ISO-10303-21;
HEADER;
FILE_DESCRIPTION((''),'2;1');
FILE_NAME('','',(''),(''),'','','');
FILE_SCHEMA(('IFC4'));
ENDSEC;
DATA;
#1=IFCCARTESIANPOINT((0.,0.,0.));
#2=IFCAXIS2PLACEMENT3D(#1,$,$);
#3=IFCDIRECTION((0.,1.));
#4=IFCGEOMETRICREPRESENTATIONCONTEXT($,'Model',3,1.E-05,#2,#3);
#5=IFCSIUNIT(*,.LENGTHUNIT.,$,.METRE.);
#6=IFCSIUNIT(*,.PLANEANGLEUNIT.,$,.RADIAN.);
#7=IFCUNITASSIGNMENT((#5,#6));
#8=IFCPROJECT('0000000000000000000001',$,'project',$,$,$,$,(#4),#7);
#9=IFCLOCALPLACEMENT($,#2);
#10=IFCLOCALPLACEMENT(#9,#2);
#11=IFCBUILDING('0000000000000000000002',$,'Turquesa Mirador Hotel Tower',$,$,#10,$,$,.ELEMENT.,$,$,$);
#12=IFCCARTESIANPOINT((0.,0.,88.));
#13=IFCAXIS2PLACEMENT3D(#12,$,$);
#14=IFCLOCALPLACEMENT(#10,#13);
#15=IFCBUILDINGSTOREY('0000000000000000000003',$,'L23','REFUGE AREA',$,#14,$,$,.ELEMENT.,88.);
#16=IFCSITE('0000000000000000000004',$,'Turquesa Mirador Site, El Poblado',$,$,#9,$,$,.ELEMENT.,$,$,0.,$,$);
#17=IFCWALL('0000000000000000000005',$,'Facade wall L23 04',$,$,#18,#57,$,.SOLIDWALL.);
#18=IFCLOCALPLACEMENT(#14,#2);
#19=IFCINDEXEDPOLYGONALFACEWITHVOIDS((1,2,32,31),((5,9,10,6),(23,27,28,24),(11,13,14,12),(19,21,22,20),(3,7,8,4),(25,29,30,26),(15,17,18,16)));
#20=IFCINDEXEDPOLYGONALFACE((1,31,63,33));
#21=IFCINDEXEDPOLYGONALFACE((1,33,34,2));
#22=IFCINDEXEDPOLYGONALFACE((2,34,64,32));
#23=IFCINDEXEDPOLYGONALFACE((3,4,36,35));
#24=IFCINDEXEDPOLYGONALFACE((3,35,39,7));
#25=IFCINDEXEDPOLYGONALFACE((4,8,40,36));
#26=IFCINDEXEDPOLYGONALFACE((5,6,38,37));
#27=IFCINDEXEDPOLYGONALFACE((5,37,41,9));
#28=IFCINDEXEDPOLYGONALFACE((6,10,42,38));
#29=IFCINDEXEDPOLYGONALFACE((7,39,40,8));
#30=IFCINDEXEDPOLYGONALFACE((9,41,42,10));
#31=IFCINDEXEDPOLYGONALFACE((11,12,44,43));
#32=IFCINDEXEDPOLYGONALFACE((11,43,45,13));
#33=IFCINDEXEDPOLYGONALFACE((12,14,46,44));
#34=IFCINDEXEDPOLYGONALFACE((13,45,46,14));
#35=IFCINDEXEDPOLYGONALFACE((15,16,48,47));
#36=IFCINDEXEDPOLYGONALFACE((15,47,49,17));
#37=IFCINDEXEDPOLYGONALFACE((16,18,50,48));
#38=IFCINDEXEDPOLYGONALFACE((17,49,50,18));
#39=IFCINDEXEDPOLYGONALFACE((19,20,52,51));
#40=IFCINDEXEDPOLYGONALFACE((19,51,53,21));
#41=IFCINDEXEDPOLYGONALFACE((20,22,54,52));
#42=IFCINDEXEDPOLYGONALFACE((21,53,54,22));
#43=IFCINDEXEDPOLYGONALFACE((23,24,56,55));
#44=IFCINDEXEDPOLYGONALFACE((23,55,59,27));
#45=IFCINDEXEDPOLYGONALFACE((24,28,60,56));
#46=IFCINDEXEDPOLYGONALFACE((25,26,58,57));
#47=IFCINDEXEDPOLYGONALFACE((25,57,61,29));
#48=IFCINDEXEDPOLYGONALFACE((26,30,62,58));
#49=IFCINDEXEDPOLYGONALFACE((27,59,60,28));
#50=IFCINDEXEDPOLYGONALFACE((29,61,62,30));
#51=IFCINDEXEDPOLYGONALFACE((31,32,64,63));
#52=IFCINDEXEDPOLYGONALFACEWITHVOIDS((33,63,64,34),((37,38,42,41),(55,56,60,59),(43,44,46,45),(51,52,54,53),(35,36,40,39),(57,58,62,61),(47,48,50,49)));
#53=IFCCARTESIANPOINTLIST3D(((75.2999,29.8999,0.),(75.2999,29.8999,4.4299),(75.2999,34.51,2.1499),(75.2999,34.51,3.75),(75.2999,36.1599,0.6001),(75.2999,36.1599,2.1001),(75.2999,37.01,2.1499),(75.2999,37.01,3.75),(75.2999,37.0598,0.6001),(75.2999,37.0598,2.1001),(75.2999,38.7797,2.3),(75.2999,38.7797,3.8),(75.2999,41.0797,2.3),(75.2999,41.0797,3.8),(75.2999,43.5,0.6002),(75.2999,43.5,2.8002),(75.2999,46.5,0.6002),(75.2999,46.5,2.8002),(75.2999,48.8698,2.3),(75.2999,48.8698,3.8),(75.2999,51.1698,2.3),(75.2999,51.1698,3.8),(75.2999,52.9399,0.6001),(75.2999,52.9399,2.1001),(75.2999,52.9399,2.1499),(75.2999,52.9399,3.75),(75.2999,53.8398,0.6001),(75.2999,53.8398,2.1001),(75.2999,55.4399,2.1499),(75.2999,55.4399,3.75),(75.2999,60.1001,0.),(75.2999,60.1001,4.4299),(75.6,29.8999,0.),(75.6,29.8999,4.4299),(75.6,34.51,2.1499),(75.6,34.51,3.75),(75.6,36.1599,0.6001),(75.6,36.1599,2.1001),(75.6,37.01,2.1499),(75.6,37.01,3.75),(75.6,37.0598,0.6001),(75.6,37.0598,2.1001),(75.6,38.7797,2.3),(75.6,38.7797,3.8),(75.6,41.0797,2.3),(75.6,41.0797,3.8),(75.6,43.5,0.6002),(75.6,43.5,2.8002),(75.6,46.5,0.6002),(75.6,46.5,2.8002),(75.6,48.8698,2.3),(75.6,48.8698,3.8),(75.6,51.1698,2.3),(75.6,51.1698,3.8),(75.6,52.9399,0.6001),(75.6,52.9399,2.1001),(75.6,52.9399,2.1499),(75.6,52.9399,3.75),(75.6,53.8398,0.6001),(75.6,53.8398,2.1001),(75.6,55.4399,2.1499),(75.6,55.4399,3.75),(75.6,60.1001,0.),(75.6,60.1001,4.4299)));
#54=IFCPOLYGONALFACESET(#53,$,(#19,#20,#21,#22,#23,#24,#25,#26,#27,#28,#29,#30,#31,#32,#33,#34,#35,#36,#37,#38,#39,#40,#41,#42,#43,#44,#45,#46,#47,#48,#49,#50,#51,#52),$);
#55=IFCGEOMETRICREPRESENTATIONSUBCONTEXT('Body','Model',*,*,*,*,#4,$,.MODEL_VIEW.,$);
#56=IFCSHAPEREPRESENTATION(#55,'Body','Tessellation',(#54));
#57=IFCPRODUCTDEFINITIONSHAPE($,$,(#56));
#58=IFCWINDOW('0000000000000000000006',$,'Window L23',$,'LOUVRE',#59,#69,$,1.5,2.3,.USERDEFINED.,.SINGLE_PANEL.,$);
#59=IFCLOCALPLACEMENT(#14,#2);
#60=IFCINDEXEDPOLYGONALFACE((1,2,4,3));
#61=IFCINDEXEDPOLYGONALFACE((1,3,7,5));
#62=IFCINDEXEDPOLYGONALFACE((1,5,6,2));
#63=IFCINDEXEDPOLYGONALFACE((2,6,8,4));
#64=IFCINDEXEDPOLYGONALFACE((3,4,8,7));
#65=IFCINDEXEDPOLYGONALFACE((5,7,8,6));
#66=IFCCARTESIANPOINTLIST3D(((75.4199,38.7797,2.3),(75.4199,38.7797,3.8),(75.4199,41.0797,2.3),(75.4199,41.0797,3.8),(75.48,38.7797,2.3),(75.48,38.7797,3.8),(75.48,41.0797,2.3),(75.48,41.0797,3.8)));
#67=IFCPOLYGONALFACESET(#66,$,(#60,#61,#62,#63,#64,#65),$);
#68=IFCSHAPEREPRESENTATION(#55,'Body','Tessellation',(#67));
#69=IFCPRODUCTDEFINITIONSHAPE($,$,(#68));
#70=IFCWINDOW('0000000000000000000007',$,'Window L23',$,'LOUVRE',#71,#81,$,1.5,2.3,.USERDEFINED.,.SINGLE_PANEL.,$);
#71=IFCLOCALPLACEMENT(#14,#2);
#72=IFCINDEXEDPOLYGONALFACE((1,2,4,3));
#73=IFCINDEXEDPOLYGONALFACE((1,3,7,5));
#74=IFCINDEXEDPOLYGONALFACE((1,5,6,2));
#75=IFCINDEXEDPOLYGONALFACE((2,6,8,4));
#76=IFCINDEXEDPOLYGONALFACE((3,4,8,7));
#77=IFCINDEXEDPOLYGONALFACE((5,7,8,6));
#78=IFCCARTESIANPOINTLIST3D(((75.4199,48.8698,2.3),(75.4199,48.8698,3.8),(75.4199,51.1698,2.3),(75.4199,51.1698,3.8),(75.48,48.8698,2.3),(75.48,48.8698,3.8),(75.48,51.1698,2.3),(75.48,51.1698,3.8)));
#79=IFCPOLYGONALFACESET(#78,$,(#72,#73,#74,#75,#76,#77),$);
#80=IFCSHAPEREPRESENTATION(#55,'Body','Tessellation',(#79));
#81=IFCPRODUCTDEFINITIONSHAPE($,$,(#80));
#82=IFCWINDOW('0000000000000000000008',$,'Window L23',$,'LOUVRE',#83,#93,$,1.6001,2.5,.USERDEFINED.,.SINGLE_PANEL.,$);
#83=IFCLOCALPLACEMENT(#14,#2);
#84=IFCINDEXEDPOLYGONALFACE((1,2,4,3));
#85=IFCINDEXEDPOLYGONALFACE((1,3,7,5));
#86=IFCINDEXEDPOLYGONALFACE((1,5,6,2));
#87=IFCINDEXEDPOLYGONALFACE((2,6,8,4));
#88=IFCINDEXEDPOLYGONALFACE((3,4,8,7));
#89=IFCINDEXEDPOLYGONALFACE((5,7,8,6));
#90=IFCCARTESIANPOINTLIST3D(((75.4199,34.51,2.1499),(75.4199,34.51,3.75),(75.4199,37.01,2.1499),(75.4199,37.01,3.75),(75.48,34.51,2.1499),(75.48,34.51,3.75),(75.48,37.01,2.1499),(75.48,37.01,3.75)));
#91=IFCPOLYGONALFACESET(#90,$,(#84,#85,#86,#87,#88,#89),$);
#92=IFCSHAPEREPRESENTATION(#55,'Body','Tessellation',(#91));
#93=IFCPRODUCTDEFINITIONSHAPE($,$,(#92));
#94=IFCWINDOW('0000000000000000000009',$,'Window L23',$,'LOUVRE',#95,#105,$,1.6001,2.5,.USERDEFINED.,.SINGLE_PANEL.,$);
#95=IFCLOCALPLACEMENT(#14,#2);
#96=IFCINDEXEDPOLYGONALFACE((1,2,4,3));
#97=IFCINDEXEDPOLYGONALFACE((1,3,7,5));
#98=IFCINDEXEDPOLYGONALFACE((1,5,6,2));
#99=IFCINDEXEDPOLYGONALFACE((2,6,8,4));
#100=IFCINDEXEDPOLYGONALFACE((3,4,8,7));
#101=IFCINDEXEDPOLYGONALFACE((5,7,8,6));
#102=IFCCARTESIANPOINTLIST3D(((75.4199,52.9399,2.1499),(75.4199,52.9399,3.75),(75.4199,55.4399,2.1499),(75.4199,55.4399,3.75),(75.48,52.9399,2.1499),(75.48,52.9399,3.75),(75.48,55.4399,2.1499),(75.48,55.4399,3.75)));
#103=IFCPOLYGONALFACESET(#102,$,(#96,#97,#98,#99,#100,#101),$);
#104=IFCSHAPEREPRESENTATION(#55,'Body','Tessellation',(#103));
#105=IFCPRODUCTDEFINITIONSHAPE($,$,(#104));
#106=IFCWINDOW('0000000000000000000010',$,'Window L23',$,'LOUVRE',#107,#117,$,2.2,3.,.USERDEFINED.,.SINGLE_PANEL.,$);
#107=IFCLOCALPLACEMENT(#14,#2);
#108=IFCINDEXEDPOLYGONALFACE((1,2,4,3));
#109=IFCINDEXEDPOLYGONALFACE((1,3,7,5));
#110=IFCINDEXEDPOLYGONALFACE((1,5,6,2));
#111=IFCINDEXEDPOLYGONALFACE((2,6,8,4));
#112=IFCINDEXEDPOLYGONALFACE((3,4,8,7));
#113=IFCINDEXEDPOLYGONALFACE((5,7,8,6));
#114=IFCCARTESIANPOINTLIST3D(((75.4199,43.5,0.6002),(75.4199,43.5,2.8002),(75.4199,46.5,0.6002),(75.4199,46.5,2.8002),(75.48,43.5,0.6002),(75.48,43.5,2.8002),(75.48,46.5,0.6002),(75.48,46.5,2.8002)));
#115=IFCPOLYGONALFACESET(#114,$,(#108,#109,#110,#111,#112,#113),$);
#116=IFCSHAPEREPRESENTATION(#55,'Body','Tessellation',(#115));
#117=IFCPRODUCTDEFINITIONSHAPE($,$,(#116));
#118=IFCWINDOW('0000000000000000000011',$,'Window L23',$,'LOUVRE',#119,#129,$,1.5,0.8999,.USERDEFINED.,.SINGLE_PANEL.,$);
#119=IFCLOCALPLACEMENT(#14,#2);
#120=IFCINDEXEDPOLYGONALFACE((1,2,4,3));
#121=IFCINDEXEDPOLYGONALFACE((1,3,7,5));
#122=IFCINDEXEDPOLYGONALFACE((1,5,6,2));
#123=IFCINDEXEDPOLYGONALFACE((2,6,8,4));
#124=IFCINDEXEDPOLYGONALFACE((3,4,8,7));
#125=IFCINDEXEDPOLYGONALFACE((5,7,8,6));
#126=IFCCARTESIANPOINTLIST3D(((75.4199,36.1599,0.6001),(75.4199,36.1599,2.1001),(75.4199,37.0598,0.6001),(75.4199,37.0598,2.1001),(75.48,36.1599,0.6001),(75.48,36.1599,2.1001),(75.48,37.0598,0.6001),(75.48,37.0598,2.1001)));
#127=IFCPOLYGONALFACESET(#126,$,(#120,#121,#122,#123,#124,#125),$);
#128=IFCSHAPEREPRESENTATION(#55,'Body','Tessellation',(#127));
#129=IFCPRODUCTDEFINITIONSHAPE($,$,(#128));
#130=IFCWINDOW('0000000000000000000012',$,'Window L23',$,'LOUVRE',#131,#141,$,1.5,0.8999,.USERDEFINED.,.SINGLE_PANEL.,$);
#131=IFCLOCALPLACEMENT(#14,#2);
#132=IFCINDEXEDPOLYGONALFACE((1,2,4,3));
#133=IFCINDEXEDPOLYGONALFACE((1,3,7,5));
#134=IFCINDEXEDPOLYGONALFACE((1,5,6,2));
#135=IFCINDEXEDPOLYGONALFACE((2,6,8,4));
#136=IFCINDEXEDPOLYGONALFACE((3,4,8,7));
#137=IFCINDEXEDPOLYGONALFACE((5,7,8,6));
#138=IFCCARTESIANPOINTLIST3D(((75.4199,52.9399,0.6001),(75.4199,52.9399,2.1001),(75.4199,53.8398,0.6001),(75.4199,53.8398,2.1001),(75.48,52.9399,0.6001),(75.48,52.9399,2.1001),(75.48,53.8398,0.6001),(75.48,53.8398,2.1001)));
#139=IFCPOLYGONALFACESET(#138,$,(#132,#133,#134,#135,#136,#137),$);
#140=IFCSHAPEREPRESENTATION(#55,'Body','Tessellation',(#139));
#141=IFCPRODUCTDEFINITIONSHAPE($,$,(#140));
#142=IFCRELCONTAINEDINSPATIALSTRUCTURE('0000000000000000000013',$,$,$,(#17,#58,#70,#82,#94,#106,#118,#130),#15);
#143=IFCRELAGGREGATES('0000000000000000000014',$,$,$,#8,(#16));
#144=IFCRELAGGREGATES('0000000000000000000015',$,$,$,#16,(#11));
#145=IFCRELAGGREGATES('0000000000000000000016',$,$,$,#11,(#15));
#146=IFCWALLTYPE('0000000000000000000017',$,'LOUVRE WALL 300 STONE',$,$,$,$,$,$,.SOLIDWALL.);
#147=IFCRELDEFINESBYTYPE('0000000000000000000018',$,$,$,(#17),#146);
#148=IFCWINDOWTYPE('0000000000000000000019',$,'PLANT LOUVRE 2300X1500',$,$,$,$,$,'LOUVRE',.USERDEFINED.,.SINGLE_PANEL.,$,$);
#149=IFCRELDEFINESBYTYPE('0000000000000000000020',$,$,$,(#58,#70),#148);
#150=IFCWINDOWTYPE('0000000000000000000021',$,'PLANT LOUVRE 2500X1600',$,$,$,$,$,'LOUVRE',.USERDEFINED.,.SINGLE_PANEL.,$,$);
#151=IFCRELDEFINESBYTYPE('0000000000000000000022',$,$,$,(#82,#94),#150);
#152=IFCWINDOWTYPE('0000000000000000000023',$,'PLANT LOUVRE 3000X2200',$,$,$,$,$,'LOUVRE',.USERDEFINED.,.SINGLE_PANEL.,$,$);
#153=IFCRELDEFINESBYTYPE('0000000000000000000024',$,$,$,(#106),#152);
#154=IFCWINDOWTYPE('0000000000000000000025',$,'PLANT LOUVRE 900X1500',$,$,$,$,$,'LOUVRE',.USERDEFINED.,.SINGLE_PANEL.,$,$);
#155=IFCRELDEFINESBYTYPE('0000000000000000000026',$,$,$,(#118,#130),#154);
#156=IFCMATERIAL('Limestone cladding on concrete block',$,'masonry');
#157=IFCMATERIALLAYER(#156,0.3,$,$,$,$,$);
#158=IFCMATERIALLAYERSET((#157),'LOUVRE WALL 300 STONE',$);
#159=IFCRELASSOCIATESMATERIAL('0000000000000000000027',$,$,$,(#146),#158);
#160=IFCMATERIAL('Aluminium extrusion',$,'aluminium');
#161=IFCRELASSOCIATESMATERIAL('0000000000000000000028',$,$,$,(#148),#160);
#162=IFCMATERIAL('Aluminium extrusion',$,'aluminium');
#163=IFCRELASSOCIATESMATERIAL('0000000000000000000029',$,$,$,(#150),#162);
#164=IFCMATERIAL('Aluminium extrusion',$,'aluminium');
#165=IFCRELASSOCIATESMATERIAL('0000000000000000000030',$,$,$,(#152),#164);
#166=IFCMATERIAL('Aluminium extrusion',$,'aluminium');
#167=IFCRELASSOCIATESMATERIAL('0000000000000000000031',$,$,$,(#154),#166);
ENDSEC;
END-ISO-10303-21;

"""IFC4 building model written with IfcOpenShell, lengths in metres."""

from ifc_helpers import new_model, si_unit, direction, frame, frame_2d, origin, place, context, subcontext, project, spatial, rectangle, extrude, material, layer, layer_set, type_object, element, fill, save


model = new_model("IFC4")

# Units and contexts
model_context = context("Model", 3, precision=1e-05, world=origin(), true_north=direction((0.0, 1.0)))
body_context = subcontext(model_context, "Body", "Model", "MODEL_VIEW")
ifc_project = project(units=[si_unit("LENGTHUNIT", "METRE"), si_unit("PLANEANGLEUNIT", "RADIAN")], contexts=[model_context])

# Site, building, storey
site_placement = place(None, origin())
site = spatial("IfcSite", under=ifc_project, at=site_placement, Name="Turquesa Mirador Site, El Poblado", CompositionType="ELEMENT", RefElevation=0.0)
building_placement = place(site_placement, origin())
building = spatial("IfcBuilding", under=site, at=building_placement, Name="Turquesa Mirador Hotel Tower", CompositionType="ELEMENT")
storey_placement = place(building_placement, frame((0.0, 0.0, 88.0)))
storey = spatial("IfcBuildingStorey", under=building, at=storey_placement, Name="L23", Description="REFUGE AREA", CompositionType="ELEMENT", Elevation=88.0)

# Wall, openings, windows
ifc_material_1 = material(Name="Limestone cladding on concrete block", Category="masonry")
ifc_layer = layer(ifc_material_1, 0.3)
ifc_layer_set = layer_set([ifc_layer], Name="LOUVRE WALL 300 STONE")
wall_type = type_object("IfcWallType", Name="LOUVRE WALL 300 STONE", PredefinedType="SOLIDWALL", material=ifc_layer_set)
wall_placement = place(storey_placement, frame((75.45, 29.8999, 0.0), z_axis=(0.0, 0.0, 1.0), x_axis=(0.0, 1.0, 0.0)))
wall = element("IfcWall", 1, at=wall_placement, inside=storey, type_object=wall_type, Name="Facade wall L23 04", PredefinedType="SOLIDWALL", context=body_context, shape_type="SweptSolid", body=[
    extrude(rectangle(XDim=30.2002, YDim=0.3, at=frame_2d((15.1001, 0.0))), origin(), (0.0, 0.0, 1.0), 4.4299),
])
opening_1_placement = place(wall_placement, frame((4.6101, 0.0, 2.1499)))
opening_1 = element("IfcOpeningElement", 2, at=opening_1_placement, cuts=wall, PredefinedType="OPENING", context=body_context, shape_type="SweptSolid", body=[
    extrude(rectangle(XDim=2.5, YDim=1.6001, at=frame_2d((1.25, 0.8))), frame((0.0, 0.1599, 0.0), z_axis=(0.0, -1.0, 0.0), x_axis=(1.0, 0.0, 0.0)), (0.0, 0.0, 1.0), 0.3201),
])
opening_2_placement = place(wall_placement, frame((8.8799, 0.0, 2.3)))
opening_2 = element("IfcOpeningElement", 3, at=opening_2_placement, cuts=wall, PredefinedType="OPENING", context=body_context, shape_type="SweptSolid", body=[
    extrude(rectangle(XDim=2.3, YDim=1.5, at=frame_2d((1.1499, 0.75))), frame((0.0, 0.1599, 0.0), z_axis=(0.0, -1.0, 0.0), x_axis=(1.0, 0.0, 0.0)), (0.0, 0.0, 1.0), 0.3201),
])
opening_3_placement = place(wall_placement, frame((13.6001, 0.0, 0.6001)))
opening_3 = element("IfcOpeningElement", 4, at=opening_3_placement, cuts=wall, PredefinedType="OPENING", context=body_context, shape_type="SweptSolid", body=[
    extrude(rectangle(XDim=3.0, YDim=2.2, at=frame_2d((1.5, 1.1001))), frame((0.0, 0.1599, 0.0), z_axis=(0.0, -1.0, 0.0), x_axis=(1.0, 0.0, 0.0)), (0.0, 0.0, 1.0), 0.3201),
])
opening_4_placement = place(wall_placement, frame((18.97, 0.0, 2.3)))
opening_4 = element("IfcOpeningElement", 5, at=opening_4_placement, cuts=wall, PredefinedType="OPENING", context=body_context, shape_type="SweptSolid", body=[
    extrude(rectangle(XDim=2.3, YDim=1.5, at=frame_2d((1.1499, 0.75))), frame((0.0, 0.1599, 0.0), z_axis=(0.0, -1.0, 0.0), x_axis=(1.0, 0.0, 0.0)), (0.0, 0.0, 1.0), 0.3201),
])
opening_5_placement = place(wall_placement, frame((23.04, 0.0, 2.1499)))
opening_5 = element("IfcOpeningElement", 6, at=opening_5_placement, cuts=wall, PredefinedType="OPENING", context=body_context, shape_type="SweptSolid", body=[
    extrude(rectangle(XDim=2.5, YDim=1.6001, at=frame_2d((1.25, 0.8))), frame((0.0, 0.1599, 0.0), z_axis=(0.0, -1.0, 0.0), x_axis=(1.0, 0.0, 0.0)), (0.0, 0.0, 1.0), 0.3201),
])
opening_6_placement = place(wall_placement, frame((6.26, 0.0, 0.6001)))
opening_6 = element("IfcOpeningElement", 7, at=opening_6_placement, cuts=wall, PredefinedType="OPENING", context=body_context, shape_type="SweptSolid", body=[
    extrude(rectangle(XDim=0.8999, YDim=1.5, at=frame_2d((0.45, 0.75))), frame((0.0, 0.1599, 0.0), z_axis=(0.0, -1.0, 0.0), x_axis=(1.0, 0.0, 0.0)), (0.0, 0.0, 1.0), 0.3201),
])
opening_7_placement = place(wall_placement, frame((23.04, 0.0, 0.6001)))
opening_7 = element("IfcOpeningElement", 8, at=opening_7_placement, cuts=wall, PredefinedType="OPENING", context=body_context, shape_type="SweptSolid", body=[
    extrude(rectangle(XDim=0.8999, YDim=1.5, at=frame_2d((0.45, 0.75))), frame((0.0, 0.1599, 0.0), z_axis=(0.0, -1.0, 0.0), x_axis=(1.0, 0.0, 0.0)), (0.0, 0.0, 1.0), 0.3201),
])
ifc_material_2 = material(Name="Aluminium extrusion", Category="aluminium")
window_type_1 = type_object("IfcWindowType", Name="PLANT LOUVRE 2300X1500", ElementType="LOUVRE", PartitioningType="SINGLE_PANEL", PredefinedType="USERDEFINED", material=ifc_material_2)
window_1_placement = place(opening_2_placement, origin())
window_1 = element("IfcWindow", 9, at=window_1_placement, inside=storey, type_object=window_type_1, Name="Window L23", ObjectType="LOUVRE", OverallHeight=1.5, OverallWidth=2.3, PartitioningType="SINGLE_PANEL", PredefinedType="USERDEFINED", context=body_context, shape_type="SweptSolid", body=[
    extrude(rectangle(XDim=2.3, YDim=1.5, at=frame_2d((1.1499, 0.75))), frame((0.0, 0.03, 0.0), z_axis=(0.0, -1.0, 0.0), x_axis=(1.0, 0.0, 0.0)), (0.0, 0.0, 1.0), 0.0601),
])
fill(opening_2, window_1)
window_2_placement = place(opening_4_placement, origin())
window_2 = element("IfcWindow", 10, at=window_2_placement, inside=storey, type_object=window_type_1, Name="Window L23", ObjectType="LOUVRE", OverallHeight=1.5, OverallWidth=2.3, PartitioningType="SINGLE_PANEL", PredefinedType="USERDEFINED", context=body_context, shape_type="SweptSolid", body=[
    extrude(rectangle(XDim=2.3, YDim=1.5, at=frame_2d((1.1499, 0.75))), frame((0.0, 0.03, 0.0), z_axis=(0.0, -1.0, 0.0), x_axis=(1.0, 0.0, 0.0)), (0.0, 0.0, 1.0), 0.0601),
])
fill(opening_4, window_2)
ifc_material_3 = material(Name="Aluminium extrusion", Category="aluminium")
window_type_2 = type_object("IfcWindowType", Name="PLANT LOUVRE 2500X1600", ElementType="LOUVRE", PartitioningType="SINGLE_PANEL", PredefinedType="USERDEFINED", material=ifc_material_3)
window_3_placement = place(opening_1_placement, origin())
window_3 = element("IfcWindow", 11, at=window_3_placement, inside=storey, type_object=window_type_2, Name="Window L23", ObjectType="LOUVRE", OverallHeight=1.6001, OverallWidth=2.5, PartitioningType="SINGLE_PANEL", PredefinedType="USERDEFINED", context=body_context, shape_type="SweptSolid", body=[
    extrude(rectangle(XDim=2.5, YDim=1.6001, at=frame_2d((1.25, 0.8))), frame((0.0, 0.03, 0.0), z_axis=(0.0, -1.0, 0.0), x_axis=(1.0, 0.0, 0.0)), (0.0, 0.0, 1.0), 0.0601),
])
fill(opening_1, window_3)
window_4_placement = place(opening_5_placement, origin())
window_4 = element("IfcWindow", 12, at=window_4_placement, inside=storey, type_object=window_type_2, Name="Window L23", ObjectType="LOUVRE", OverallHeight=1.6001, OverallWidth=2.5, PartitioningType="SINGLE_PANEL", PredefinedType="USERDEFINED", context=body_context, shape_type="SweptSolid", body=[
    extrude(rectangle(XDim=2.5, YDim=1.6001, at=frame_2d((1.25, 0.8))), frame((0.0, 0.03, 0.0), z_axis=(0.0, -1.0, 0.0), x_axis=(1.0, 0.0, 0.0)), (0.0, 0.0, 1.0), 0.0601),
])
fill(opening_5, window_4)
ifc_material_4 = material(Name="Aluminium extrusion", Category="aluminium")
window_type_3 = type_object("IfcWindowType", Name="PLANT LOUVRE 3000X2200", ElementType="LOUVRE", PartitioningType="SINGLE_PANEL", PredefinedType="USERDEFINED", material=ifc_material_4)
window_5_placement = place(opening_3_placement, origin())
window_5 = element("IfcWindow", 13, at=window_5_placement, inside=storey, type_object=window_type_3, Name="Window L23", ObjectType="LOUVRE", OverallHeight=2.2, OverallWidth=3.0, PartitioningType="SINGLE_PANEL", PredefinedType="USERDEFINED", context=body_context, shape_type="SweptSolid", body=[
    extrude(rectangle(XDim=3.0, YDim=2.2, at=frame_2d((1.5, 1.1001))), frame((0.0, 0.03, 0.0), z_axis=(0.0, -1.0, 0.0), x_axis=(1.0, 0.0, 0.0)), (0.0, 0.0, 1.0), 0.0601),
])
fill(opening_3, window_5)
ifc_material_5 = material(Name="Aluminium extrusion", Category="aluminium")
window_type_4 = type_object("IfcWindowType", Name="PLANT LOUVRE 900X1500", ElementType="LOUVRE", PartitioningType="SINGLE_PANEL", PredefinedType="USERDEFINED", material=ifc_material_5)
window_6_placement = place(opening_6_placement, origin())
window_6 = element("IfcWindow", 14, at=window_6_placement, inside=storey, type_object=window_type_4, Name="Window L23", ObjectType="LOUVRE", OverallHeight=1.5, OverallWidth=0.8999, PartitioningType="SINGLE_PANEL", PredefinedType="USERDEFINED", context=body_context, shape_type="SweptSolid", body=[
    extrude(rectangle(XDim=0.8999, YDim=1.5, at=frame_2d((0.45, 0.75))), frame((0.0, 0.03, 0.0), z_axis=(0.0, -1.0, 0.0), x_axis=(1.0, 0.0, 0.0)), (0.0, 0.0, 1.0), 0.0601),
])
fill(opening_6, window_6)
window_7_placement = place(opening_7_placement, origin())
window_7 = element("IfcWindow", 15, at=window_7_placement, inside=storey, type_object=window_type_4, Name="Window L23", ObjectType="LOUVRE", OverallHeight=1.5, OverallWidth=0.8999, PartitioningType="SINGLE_PANEL", PredefinedType="USERDEFINED", context=body_context, shape_type="SweptSolid", body=[
    extrude(rectangle(XDim=0.8999, YDim=1.5, at=frame_2d((0.45, 0.75))), frame((0.0, 0.03, 0.0), z_axis=(0.0, -1.0, 0.0), x_axis=(1.0, 0.0, 0.0)), (0.0, 0.0, 1.0), 0.0601),
])
fill(opening_7, window_7)

save(model, "model.ifc")
